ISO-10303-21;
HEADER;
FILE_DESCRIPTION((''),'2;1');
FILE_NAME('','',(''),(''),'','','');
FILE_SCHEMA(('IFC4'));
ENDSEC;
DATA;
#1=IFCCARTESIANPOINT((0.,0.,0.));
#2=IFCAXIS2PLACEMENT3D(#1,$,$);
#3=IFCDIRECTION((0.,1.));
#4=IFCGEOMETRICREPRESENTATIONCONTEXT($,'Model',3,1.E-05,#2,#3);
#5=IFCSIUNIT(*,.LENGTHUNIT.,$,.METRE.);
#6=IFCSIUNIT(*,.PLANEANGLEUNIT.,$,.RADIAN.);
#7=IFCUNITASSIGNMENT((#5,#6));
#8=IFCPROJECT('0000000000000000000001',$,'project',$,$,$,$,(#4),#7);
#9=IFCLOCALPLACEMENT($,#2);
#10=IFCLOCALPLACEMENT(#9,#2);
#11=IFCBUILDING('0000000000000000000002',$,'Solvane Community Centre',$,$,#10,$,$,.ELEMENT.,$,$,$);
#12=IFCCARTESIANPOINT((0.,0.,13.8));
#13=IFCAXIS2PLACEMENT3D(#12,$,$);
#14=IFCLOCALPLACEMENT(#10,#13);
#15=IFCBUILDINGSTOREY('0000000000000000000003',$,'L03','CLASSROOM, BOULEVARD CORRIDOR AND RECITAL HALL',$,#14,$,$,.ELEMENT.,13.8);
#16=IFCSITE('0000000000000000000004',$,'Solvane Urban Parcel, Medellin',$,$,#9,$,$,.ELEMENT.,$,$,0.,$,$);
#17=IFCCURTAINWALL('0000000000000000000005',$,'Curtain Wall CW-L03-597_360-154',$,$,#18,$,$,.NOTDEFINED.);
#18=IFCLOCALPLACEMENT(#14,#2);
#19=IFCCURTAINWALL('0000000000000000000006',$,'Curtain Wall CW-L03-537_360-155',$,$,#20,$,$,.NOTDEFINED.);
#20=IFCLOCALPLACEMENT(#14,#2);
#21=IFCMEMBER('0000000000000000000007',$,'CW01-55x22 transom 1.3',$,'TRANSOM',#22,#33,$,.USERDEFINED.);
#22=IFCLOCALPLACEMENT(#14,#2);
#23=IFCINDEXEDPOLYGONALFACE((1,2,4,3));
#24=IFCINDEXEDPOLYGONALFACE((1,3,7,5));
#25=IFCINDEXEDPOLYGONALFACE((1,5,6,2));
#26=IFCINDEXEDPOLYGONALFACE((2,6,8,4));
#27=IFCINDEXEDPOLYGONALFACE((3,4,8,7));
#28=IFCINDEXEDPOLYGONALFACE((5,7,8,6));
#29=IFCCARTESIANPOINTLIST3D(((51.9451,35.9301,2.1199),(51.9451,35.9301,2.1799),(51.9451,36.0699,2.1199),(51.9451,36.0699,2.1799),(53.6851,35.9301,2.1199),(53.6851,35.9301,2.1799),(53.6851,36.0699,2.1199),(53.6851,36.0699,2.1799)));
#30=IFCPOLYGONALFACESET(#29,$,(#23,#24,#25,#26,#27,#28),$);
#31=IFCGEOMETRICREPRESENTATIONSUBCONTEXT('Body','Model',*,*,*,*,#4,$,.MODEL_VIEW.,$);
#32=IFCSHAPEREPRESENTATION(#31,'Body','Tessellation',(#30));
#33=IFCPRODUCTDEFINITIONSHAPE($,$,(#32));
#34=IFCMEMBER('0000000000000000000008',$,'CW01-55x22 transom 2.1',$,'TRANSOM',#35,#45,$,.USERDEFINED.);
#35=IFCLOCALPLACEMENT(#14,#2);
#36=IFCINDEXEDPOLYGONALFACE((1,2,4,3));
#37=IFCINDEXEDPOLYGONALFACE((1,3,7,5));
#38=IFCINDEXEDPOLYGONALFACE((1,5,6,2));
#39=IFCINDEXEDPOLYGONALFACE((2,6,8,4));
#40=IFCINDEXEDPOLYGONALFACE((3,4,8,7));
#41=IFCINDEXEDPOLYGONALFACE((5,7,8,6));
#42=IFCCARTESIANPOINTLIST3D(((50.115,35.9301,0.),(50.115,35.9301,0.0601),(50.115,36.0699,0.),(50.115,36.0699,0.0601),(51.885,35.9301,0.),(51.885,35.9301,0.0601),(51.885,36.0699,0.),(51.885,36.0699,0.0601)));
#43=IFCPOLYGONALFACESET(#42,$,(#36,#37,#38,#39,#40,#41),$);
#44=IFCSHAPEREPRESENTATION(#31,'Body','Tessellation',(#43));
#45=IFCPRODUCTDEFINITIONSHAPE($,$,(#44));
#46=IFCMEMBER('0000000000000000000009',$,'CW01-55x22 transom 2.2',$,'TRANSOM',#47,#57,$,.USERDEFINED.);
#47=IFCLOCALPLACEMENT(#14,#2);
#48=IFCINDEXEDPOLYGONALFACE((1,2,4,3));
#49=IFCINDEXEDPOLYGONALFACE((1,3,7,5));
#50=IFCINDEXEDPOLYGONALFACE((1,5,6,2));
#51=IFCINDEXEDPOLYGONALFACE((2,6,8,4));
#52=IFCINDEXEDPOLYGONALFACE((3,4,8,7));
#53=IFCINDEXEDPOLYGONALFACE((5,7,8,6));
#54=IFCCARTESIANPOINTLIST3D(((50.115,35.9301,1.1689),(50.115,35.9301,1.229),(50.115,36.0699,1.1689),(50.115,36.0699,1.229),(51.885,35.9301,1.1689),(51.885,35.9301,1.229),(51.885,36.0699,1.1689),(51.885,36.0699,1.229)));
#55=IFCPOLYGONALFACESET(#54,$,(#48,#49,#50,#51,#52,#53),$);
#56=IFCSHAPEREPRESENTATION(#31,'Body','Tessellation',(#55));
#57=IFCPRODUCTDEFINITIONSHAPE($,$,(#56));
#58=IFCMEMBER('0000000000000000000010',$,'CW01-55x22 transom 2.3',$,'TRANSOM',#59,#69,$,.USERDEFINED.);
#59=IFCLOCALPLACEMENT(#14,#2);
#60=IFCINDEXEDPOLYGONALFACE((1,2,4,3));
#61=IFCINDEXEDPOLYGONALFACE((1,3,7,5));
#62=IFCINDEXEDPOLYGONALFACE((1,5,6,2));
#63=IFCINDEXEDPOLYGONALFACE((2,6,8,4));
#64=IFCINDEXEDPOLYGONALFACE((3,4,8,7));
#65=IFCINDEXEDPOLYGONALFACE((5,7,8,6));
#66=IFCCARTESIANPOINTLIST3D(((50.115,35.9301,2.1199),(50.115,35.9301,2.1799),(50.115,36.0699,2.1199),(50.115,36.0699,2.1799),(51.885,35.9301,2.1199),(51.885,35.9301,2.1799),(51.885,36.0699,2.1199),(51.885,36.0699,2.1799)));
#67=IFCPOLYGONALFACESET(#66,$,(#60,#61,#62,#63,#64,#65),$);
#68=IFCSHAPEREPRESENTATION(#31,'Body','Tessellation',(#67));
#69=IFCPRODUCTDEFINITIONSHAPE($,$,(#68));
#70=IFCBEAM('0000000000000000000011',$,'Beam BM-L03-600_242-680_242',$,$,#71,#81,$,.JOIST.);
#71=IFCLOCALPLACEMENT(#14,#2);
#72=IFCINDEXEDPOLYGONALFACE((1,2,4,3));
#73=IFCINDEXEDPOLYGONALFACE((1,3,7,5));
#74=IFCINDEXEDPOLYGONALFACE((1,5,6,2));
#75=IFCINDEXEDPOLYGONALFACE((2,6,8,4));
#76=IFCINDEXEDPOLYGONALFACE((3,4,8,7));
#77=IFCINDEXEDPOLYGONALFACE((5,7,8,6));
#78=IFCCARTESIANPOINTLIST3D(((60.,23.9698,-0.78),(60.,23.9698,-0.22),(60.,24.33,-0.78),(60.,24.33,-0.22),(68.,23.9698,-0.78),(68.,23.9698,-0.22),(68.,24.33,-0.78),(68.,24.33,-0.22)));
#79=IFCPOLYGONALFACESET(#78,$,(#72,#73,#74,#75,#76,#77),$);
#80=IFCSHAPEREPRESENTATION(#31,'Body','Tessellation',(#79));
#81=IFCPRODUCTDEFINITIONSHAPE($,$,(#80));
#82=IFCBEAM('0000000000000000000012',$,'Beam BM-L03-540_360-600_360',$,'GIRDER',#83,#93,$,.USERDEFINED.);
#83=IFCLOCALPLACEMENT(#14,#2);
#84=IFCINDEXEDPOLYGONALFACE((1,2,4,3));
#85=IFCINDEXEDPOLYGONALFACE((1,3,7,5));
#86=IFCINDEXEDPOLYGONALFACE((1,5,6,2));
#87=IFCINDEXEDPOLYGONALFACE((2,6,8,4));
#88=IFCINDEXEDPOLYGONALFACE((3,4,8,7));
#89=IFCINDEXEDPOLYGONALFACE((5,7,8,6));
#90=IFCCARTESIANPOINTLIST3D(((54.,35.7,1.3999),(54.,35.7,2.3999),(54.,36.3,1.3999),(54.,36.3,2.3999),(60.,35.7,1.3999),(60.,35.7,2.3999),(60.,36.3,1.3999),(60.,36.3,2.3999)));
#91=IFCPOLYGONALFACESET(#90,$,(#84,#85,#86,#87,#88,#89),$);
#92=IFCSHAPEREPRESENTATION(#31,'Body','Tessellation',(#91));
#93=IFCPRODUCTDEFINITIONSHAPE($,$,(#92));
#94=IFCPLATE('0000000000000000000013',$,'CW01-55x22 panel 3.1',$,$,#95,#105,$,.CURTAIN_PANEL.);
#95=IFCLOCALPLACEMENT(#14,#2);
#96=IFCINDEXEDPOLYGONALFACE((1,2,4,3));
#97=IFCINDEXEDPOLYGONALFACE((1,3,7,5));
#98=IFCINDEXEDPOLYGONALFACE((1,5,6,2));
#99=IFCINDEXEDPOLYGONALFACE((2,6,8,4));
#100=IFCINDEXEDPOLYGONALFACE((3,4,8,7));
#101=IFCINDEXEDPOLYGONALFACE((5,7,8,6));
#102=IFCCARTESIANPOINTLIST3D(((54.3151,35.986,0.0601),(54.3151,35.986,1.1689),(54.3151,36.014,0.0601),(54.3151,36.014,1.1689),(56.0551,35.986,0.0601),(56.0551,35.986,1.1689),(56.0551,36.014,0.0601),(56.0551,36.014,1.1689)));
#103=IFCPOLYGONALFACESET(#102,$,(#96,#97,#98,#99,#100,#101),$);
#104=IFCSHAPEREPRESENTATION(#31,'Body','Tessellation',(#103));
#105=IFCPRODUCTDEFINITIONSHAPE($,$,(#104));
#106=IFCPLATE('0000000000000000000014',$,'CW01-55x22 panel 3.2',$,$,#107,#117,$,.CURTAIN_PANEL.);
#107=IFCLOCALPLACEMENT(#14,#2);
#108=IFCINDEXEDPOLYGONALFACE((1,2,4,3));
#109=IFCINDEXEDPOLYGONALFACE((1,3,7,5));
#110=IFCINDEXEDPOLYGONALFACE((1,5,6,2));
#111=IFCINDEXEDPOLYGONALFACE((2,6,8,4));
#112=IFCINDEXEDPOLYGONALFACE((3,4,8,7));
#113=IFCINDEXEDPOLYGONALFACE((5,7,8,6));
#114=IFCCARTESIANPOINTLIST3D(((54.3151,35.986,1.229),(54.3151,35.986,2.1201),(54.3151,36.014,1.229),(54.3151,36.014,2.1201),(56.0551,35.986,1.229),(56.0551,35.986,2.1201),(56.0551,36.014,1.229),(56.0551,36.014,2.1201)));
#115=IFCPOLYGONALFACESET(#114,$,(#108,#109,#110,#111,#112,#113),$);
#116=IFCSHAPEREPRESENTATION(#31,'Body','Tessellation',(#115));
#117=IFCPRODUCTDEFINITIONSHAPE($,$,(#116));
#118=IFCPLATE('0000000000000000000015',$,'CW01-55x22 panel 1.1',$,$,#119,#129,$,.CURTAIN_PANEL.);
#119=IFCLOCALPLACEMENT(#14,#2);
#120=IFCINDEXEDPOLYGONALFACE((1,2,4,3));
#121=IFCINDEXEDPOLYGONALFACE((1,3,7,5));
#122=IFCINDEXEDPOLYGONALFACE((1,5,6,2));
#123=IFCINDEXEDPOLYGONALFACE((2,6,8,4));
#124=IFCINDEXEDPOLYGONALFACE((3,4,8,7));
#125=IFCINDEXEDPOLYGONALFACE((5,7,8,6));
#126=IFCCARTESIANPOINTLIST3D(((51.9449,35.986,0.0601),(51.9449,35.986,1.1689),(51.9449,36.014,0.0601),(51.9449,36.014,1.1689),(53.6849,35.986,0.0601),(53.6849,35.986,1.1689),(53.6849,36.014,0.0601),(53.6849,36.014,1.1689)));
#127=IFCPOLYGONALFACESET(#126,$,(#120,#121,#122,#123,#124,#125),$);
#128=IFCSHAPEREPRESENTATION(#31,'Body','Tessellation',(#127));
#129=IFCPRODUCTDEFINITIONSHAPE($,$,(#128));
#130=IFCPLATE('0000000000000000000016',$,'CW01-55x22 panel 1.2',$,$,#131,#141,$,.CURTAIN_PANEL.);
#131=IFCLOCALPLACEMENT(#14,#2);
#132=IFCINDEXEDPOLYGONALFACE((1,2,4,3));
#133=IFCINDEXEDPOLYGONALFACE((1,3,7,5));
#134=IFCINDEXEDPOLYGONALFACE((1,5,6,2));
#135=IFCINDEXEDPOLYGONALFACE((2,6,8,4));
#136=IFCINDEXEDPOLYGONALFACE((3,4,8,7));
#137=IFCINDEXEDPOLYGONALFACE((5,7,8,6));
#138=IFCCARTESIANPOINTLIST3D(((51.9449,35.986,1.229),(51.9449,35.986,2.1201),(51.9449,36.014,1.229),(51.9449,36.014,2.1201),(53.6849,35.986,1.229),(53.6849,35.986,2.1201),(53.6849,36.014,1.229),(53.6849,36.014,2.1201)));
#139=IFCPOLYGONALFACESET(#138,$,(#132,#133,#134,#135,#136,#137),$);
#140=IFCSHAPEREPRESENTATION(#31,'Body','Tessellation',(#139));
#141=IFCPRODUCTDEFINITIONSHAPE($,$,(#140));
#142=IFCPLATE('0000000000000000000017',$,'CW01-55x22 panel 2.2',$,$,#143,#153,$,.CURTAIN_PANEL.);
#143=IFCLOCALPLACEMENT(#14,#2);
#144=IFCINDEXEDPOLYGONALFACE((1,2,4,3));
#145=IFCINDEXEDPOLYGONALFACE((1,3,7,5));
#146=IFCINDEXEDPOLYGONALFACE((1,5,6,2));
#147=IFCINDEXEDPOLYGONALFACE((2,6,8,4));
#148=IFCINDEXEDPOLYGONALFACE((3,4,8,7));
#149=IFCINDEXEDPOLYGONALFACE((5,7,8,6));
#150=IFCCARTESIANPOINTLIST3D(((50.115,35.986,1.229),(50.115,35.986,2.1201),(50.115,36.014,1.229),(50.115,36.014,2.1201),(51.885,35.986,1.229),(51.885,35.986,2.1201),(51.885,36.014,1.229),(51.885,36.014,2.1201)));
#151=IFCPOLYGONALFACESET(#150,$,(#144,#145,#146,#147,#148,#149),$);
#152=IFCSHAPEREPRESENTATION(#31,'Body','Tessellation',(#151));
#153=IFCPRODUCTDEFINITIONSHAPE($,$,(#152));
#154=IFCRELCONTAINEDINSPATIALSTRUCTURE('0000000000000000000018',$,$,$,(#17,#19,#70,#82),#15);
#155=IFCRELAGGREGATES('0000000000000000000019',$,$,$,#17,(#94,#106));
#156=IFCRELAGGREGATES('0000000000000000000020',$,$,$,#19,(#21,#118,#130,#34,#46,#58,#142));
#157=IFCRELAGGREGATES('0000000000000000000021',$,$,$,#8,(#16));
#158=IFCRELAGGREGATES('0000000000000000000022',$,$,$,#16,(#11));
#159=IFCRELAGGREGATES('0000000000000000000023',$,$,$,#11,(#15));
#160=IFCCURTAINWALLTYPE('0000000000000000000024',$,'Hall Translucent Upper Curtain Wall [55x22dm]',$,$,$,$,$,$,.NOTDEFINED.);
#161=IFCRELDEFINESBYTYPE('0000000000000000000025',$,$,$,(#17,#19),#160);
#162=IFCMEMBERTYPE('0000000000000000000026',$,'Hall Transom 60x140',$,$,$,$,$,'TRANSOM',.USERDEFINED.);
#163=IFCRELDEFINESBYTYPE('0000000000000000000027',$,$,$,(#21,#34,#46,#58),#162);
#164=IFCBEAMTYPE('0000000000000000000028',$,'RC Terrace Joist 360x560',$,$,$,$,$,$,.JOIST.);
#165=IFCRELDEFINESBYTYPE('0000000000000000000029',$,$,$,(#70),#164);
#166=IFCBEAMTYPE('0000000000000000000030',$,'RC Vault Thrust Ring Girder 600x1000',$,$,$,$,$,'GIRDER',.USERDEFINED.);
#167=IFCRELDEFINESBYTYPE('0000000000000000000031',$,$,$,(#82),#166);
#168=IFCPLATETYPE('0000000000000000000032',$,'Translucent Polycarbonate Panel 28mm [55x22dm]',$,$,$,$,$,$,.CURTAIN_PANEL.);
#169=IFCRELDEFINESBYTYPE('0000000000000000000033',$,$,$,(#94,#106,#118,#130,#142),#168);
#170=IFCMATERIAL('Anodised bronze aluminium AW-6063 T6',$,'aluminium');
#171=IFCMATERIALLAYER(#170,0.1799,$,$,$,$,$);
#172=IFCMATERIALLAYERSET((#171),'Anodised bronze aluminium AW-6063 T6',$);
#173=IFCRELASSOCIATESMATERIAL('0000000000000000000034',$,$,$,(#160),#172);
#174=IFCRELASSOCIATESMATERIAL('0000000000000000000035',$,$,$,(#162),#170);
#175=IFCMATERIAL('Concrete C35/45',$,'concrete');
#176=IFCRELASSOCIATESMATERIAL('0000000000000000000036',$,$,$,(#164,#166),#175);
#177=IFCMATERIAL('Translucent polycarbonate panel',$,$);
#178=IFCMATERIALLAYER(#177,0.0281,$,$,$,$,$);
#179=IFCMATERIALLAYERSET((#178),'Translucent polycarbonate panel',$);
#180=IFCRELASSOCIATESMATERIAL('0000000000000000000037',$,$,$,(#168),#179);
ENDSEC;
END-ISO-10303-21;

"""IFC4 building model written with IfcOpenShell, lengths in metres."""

from ifc_helpers import new_model, si_unit, direction, frame, origin, origin_2d, place, context, subcontext, project, spatial, rectangle, extrude, material, layer, layer_set, material_profile, profile_set, type_object, element, aggregate, save


model = new_model("IFC4")

# Units and contexts
model_context = context("Model", 3, precision=1e-05, world=origin(), true_north=direction((0.0, 1.0)))
body_context = subcontext(model_context, "Body", "Model", "MODEL_VIEW")
ifc_project = project(units=[si_unit("LENGTHUNIT", "METRE"), si_unit("PLANEANGLEUNIT", "RADIAN")], contexts=[model_context])

# Site, building, storey
site_placement = place(None, origin())
site = spatial("IfcSite", under=ifc_project, at=site_placement, Name="Solvane Urban Parcel, Medellin", CompositionType="ELEMENT", RefElevation=0.0)
building_placement = place(site_placement, origin())
building = spatial("IfcBuilding", under=site, at=building_placement, Name="Solvane Community Centre", CompositionType="ELEMENT")
storey_placement = place(building_placement, frame((0.0, 0.0, 13.8)))
storey = spatial("IfcBuildingStorey", under=building, at=storey_placement, Name="L03", Description="CLASSROOM, BOULEVARD CORRIDOR AND RECITAL HALL", CompositionType="ELEMENT", Elevation=13.8)

# Curtain wall
ifc_material_1 = material(Name="Anodised bronze aluminium AW-6063 T6", Category="aluminium")
ifc_layer_1 = layer(ifc_material_1, 0.1799)
ifc_layer_set_1 = layer_set([ifc_layer_1], Name="Anodised bronze aluminium AW-6063 T6")
curtain_wall_type = type_object("IfcCurtainWallType", Name="Hall Translucent Upper Curtain Wall [55x22dm]", PredefinedType="NOTDEFINED", material=ifc_layer_set_1)
curtain_wall_1_placement = place(storey_placement, origin())
curtain_wall_1 = element("IfcCurtainWall", 1, at=curtain_wall_1_placement, inside=storey, type_object=curtain_wall_type, Name="Curtain Wall CW-L03-597_360-154", PredefinedType="NOTDEFINED")

# Curtain wall
curtain_wall_2_placement = place(storey_placement, origin())
curtain_wall_2 = element("IfcCurtainWall", 2, at=curtain_wall_2_placement, inside=storey, type_object=curtain_wall_type, Name="Curtain Wall CW-L03-537_360-155", PredefinedType="NOTDEFINED")

# Members
ifc_material_profile_1 = material_profile(ifc_material_1, rectangle(XDim=0.1399, YDim=0.0601, at=origin_2d()), Name="CW-T 60x140")
ifc_profile_set_1 = profile_set([ifc_material_profile_1], Name="Anodised bronze aluminium AW-6063 T6")
member_type_1 = type_object("IfcMemberType", Name="Hall Transom 60x140", ElementType="TRANSOM", PredefinedType="USERDEFINED", material=ifc_profile_set_1)
member_1_placement = place(storey_placement, frame((53.6851, 36.0, 2.1499), z_axis=(-1.0, 0.0, 0.0), x_axis=(0.0, -1.0, 0.0)))
member_1 = element("IfcMember", 3, at=member_1_placement, type_object=member_type_1, Name="CW01-55x22 transom 1.3", ObjectType="TRANSOM", PredefinedType="USERDEFINED", context=body_context, shape_type="SweptSolid", body=[
    extrude(rectangle(XDim=0.1399, YDim=0.0601, at=origin_2d()), origin(), (0.0, 0.0, 1.0), 1.74),
])
member_2_placement = place(storey_placement, frame((51.885, 36.0, 0.03), z_axis=(-1.0, 0.0, 0.0), x_axis=(0.0, -1.0, 0.0)))
member_2 = element("IfcMember", 4, at=member_2_placement, type_object=member_type_1, Name="CW01-55x22 transom 2.1", ObjectType="TRANSOM", PredefinedType="USERDEFINED", context=body_context, shape_type="SweptSolid", body=[
    extrude(rectangle(XDim=0.1399, YDim=0.0601, at=origin_2d()), origin(), (0.0, 0.0, 1.0), 1.77),
])
member_3_placement = place(storey_placement, frame((51.885, 36.0, 1.199), z_axis=(-1.0, 0.0, 0.0), x_axis=(0.0, -1.0, 0.0)))
member_3 = element("IfcMember", 5, at=member_3_placement, type_object=member_type_1, Name="CW01-55x22 transom 2.2", ObjectType="TRANSOM", PredefinedType="USERDEFINED", context=body_context, shape_type="SweptSolid", body=[
    extrude(rectangle(XDim=0.1399, YDim=0.0601, at=origin_2d()), origin(), (0.0, 0.0, 1.0), 1.77),
])
member_4_placement = place(storey_placement, frame((51.885, 36.0, 2.1499), z_axis=(-1.0, 0.0, 0.0), x_axis=(0.0, -1.0, 0.0)))
member_4 = element("IfcMember", 6, at=member_4_placement, type_object=member_type_1, Name="CW01-55x22 transom 2.3", ObjectType="TRANSOM", PredefinedType="USERDEFINED", context=body_context, shape_type="SweptSolid", body=[
    extrude(rectangle(XDim=0.1399, YDim=0.0601, at=origin_2d()), origin(), (0.0, 0.0, 1.0), 1.77),
])

# Beams
ifc_material_2 = material(Name="Concrete C35/45", Category="concrete")
ifc_material_profile_2 = material_profile(ifc_material_2, rectangle(XDim=0.3601, YDim=0.5601, at=origin_2d()), Name="RC 360x560")
ifc_profile_set_2 = profile_set([ifc_material_profile_2], Name="Concrete C35/45")
beam_type_1 = type_object("IfcBeamType", Name="RC Terrace Joist 360x560", PredefinedType="JOIST", material=ifc_profile_set_2)
beam_1_placement = place(storey_placement, frame((60.0, 24.1499, -0.5), z_axis=(1.0, 0.0, 0.0), x_axis=(0.0, 1.0, 0.0)))
element("IfcBeam", 7, at=beam_1_placement, inside=storey, type_object=beam_type_1, Name="Beam BM-L03-600_242-680_242", PredefinedType="JOIST", context=body_context, shape_type="SweptSolid", body=[
    extrude(rectangle(XDim=0.3601, YDim=0.5601, at=origin_2d()), origin(), (0.0, 0.0, 1.0), 8.0),
])
ifc_material_profile_3 = material_profile(ifc_material_2, rectangle(XDim=0.6001, YDim=1.0, at=origin_2d()), Name="RC 600x1000")
ifc_profile_set_3 = profile_set([ifc_material_profile_3], Name="Concrete C35/45")
beam_type_2 = type_object("IfcBeamType", Name="RC Vault Thrust Ring Girder 600x1000", ElementType="GIRDER", PredefinedType="USERDEFINED", material=ifc_profile_set_3)
beam_2_placement = place(storey_placement, frame((54.0, 36.0, 1.8999), z_axis=(1.0, 0.0, 0.0), x_axis=(0.0, 1.0, 0.0)))
element("IfcBeam", 8, at=beam_2_placement, inside=storey, type_object=beam_type_2, Name="Beam BM-L03-540_360-600_360", ObjectType="GIRDER", PredefinedType="USERDEFINED", context=body_context, shape_type="SweptSolid", body=[
    extrude(rectangle(XDim=0.6001, YDim=1.0, at=origin_2d()), origin(), (0.0, 0.0, 1.0), 6.0),
])

# Plates
ifc_material_3 = material(Name="Translucent polycarbonate panel")
ifc_layer_2 = layer(ifc_material_3, 0.0281)
ifc_layer_set_2 = layer_set([ifc_layer_2], Name="Translucent polycarbonate panel")
plate_type = type_object("IfcPlateType", Name="Translucent Polycarbonate Panel 28mm [55x22dm]", PredefinedType="CURTAIN_PANEL", material=ifc_layer_set_2)
plate_1_placement = place(storey_placement, frame((55.1851, 36.0, 0.0601), z_axis=(0.0, 0.0, 1.0), x_axis=(-1.0, 0.0, 0.0)))
plate_1 = element("IfcPlate", 9, at=plate_1_placement, type_object=plate_type, Name="CW01-55x22 panel 3.1", PredefinedType="CURTAIN_PANEL", context=body_context, shape_type="SweptSolid", body=[
    extrude(rectangle(XDim=1.74, YDim=0.0281, at=origin_2d()), origin(), (0.0, 0.0, 1.0), 1.1089),
])
plate_2_placement = place(storey_placement, frame((55.1851, 36.0, 1.229), z_axis=(0.0, 0.0, 1.0), x_axis=(-1.0, 0.0, 0.0)))
plate_2 = element("IfcPlate", 10, at=plate_2_placement, type_object=plate_type, Name="CW01-55x22 panel 3.2", PredefinedType="CURTAIN_PANEL", context=body_context, shape_type="SweptSolid", body=[
    extrude(rectangle(XDim=1.74, YDim=0.0281, at=origin_2d()), origin(), (0.0, 0.0, 1.0), 0.8911),
])
aggregate(curtain_wall_1, [plate_1, plate_2])
plate_3_placement = place(storey_placement, frame((52.8149, 36.0, 0.0601), z_axis=(0.0, 0.0, 1.0), x_axis=(-1.0, 0.0, 0.0)))
plate_3 = element("IfcPlate", 11, at=plate_3_placement, type_object=plate_type, Name="CW01-55x22 panel 1.1", PredefinedType="CURTAIN_PANEL", context=body_context, shape_type="SweptSolid", body=[
    extrude(rectangle(XDim=1.74, YDim=0.0281, at=origin_2d()), origin(), (0.0, 0.0, 1.0), 1.1089),
])
plate_4_placement = place(storey_placement, frame((52.8149, 36.0, 1.229), z_axis=(0.0, 0.0, 1.0), x_axis=(-1.0, 0.0, 0.0)))
plate_4 = element("IfcPlate", 12, at=plate_4_placement, type_object=plate_type, Name="CW01-55x22 panel 1.2", PredefinedType="CURTAIN_PANEL", context=body_context, shape_type="SweptSolid", body=[
    extrude(rectangle(XDim=1.74, YDim=0.0281, at=origin_2d()), origin(), (0.0, 0.0, 1.0), 0.8911),
])
plate_5_placement = place(storey_placement, frame((51.0, 36.0, 1.229), z_axis=(0.0, 0.0, 1.0), x_axis=(-1.0, 0.0, 0.0)))
plate_5 = element("IfcPlate", 13, at=plate_5_placement, type_object=plate_type, Name="CW01-55x22 panel 2.2", PredefinedType="CURTAIN_PANEL", context=body_context, shape_type="SweptSolid", body=[
    extrude(rectangle(XDim=1.77, YDim=0.0281, at=origin_2d()), origin(), (0.0, 0.0, 1.0), 0.8911),
])
aggregate(curtain_wall_2, [member_1, plate_3, plate_4, member_2, member_3, member_4, plate_5])

save(model, "model.ifc")
